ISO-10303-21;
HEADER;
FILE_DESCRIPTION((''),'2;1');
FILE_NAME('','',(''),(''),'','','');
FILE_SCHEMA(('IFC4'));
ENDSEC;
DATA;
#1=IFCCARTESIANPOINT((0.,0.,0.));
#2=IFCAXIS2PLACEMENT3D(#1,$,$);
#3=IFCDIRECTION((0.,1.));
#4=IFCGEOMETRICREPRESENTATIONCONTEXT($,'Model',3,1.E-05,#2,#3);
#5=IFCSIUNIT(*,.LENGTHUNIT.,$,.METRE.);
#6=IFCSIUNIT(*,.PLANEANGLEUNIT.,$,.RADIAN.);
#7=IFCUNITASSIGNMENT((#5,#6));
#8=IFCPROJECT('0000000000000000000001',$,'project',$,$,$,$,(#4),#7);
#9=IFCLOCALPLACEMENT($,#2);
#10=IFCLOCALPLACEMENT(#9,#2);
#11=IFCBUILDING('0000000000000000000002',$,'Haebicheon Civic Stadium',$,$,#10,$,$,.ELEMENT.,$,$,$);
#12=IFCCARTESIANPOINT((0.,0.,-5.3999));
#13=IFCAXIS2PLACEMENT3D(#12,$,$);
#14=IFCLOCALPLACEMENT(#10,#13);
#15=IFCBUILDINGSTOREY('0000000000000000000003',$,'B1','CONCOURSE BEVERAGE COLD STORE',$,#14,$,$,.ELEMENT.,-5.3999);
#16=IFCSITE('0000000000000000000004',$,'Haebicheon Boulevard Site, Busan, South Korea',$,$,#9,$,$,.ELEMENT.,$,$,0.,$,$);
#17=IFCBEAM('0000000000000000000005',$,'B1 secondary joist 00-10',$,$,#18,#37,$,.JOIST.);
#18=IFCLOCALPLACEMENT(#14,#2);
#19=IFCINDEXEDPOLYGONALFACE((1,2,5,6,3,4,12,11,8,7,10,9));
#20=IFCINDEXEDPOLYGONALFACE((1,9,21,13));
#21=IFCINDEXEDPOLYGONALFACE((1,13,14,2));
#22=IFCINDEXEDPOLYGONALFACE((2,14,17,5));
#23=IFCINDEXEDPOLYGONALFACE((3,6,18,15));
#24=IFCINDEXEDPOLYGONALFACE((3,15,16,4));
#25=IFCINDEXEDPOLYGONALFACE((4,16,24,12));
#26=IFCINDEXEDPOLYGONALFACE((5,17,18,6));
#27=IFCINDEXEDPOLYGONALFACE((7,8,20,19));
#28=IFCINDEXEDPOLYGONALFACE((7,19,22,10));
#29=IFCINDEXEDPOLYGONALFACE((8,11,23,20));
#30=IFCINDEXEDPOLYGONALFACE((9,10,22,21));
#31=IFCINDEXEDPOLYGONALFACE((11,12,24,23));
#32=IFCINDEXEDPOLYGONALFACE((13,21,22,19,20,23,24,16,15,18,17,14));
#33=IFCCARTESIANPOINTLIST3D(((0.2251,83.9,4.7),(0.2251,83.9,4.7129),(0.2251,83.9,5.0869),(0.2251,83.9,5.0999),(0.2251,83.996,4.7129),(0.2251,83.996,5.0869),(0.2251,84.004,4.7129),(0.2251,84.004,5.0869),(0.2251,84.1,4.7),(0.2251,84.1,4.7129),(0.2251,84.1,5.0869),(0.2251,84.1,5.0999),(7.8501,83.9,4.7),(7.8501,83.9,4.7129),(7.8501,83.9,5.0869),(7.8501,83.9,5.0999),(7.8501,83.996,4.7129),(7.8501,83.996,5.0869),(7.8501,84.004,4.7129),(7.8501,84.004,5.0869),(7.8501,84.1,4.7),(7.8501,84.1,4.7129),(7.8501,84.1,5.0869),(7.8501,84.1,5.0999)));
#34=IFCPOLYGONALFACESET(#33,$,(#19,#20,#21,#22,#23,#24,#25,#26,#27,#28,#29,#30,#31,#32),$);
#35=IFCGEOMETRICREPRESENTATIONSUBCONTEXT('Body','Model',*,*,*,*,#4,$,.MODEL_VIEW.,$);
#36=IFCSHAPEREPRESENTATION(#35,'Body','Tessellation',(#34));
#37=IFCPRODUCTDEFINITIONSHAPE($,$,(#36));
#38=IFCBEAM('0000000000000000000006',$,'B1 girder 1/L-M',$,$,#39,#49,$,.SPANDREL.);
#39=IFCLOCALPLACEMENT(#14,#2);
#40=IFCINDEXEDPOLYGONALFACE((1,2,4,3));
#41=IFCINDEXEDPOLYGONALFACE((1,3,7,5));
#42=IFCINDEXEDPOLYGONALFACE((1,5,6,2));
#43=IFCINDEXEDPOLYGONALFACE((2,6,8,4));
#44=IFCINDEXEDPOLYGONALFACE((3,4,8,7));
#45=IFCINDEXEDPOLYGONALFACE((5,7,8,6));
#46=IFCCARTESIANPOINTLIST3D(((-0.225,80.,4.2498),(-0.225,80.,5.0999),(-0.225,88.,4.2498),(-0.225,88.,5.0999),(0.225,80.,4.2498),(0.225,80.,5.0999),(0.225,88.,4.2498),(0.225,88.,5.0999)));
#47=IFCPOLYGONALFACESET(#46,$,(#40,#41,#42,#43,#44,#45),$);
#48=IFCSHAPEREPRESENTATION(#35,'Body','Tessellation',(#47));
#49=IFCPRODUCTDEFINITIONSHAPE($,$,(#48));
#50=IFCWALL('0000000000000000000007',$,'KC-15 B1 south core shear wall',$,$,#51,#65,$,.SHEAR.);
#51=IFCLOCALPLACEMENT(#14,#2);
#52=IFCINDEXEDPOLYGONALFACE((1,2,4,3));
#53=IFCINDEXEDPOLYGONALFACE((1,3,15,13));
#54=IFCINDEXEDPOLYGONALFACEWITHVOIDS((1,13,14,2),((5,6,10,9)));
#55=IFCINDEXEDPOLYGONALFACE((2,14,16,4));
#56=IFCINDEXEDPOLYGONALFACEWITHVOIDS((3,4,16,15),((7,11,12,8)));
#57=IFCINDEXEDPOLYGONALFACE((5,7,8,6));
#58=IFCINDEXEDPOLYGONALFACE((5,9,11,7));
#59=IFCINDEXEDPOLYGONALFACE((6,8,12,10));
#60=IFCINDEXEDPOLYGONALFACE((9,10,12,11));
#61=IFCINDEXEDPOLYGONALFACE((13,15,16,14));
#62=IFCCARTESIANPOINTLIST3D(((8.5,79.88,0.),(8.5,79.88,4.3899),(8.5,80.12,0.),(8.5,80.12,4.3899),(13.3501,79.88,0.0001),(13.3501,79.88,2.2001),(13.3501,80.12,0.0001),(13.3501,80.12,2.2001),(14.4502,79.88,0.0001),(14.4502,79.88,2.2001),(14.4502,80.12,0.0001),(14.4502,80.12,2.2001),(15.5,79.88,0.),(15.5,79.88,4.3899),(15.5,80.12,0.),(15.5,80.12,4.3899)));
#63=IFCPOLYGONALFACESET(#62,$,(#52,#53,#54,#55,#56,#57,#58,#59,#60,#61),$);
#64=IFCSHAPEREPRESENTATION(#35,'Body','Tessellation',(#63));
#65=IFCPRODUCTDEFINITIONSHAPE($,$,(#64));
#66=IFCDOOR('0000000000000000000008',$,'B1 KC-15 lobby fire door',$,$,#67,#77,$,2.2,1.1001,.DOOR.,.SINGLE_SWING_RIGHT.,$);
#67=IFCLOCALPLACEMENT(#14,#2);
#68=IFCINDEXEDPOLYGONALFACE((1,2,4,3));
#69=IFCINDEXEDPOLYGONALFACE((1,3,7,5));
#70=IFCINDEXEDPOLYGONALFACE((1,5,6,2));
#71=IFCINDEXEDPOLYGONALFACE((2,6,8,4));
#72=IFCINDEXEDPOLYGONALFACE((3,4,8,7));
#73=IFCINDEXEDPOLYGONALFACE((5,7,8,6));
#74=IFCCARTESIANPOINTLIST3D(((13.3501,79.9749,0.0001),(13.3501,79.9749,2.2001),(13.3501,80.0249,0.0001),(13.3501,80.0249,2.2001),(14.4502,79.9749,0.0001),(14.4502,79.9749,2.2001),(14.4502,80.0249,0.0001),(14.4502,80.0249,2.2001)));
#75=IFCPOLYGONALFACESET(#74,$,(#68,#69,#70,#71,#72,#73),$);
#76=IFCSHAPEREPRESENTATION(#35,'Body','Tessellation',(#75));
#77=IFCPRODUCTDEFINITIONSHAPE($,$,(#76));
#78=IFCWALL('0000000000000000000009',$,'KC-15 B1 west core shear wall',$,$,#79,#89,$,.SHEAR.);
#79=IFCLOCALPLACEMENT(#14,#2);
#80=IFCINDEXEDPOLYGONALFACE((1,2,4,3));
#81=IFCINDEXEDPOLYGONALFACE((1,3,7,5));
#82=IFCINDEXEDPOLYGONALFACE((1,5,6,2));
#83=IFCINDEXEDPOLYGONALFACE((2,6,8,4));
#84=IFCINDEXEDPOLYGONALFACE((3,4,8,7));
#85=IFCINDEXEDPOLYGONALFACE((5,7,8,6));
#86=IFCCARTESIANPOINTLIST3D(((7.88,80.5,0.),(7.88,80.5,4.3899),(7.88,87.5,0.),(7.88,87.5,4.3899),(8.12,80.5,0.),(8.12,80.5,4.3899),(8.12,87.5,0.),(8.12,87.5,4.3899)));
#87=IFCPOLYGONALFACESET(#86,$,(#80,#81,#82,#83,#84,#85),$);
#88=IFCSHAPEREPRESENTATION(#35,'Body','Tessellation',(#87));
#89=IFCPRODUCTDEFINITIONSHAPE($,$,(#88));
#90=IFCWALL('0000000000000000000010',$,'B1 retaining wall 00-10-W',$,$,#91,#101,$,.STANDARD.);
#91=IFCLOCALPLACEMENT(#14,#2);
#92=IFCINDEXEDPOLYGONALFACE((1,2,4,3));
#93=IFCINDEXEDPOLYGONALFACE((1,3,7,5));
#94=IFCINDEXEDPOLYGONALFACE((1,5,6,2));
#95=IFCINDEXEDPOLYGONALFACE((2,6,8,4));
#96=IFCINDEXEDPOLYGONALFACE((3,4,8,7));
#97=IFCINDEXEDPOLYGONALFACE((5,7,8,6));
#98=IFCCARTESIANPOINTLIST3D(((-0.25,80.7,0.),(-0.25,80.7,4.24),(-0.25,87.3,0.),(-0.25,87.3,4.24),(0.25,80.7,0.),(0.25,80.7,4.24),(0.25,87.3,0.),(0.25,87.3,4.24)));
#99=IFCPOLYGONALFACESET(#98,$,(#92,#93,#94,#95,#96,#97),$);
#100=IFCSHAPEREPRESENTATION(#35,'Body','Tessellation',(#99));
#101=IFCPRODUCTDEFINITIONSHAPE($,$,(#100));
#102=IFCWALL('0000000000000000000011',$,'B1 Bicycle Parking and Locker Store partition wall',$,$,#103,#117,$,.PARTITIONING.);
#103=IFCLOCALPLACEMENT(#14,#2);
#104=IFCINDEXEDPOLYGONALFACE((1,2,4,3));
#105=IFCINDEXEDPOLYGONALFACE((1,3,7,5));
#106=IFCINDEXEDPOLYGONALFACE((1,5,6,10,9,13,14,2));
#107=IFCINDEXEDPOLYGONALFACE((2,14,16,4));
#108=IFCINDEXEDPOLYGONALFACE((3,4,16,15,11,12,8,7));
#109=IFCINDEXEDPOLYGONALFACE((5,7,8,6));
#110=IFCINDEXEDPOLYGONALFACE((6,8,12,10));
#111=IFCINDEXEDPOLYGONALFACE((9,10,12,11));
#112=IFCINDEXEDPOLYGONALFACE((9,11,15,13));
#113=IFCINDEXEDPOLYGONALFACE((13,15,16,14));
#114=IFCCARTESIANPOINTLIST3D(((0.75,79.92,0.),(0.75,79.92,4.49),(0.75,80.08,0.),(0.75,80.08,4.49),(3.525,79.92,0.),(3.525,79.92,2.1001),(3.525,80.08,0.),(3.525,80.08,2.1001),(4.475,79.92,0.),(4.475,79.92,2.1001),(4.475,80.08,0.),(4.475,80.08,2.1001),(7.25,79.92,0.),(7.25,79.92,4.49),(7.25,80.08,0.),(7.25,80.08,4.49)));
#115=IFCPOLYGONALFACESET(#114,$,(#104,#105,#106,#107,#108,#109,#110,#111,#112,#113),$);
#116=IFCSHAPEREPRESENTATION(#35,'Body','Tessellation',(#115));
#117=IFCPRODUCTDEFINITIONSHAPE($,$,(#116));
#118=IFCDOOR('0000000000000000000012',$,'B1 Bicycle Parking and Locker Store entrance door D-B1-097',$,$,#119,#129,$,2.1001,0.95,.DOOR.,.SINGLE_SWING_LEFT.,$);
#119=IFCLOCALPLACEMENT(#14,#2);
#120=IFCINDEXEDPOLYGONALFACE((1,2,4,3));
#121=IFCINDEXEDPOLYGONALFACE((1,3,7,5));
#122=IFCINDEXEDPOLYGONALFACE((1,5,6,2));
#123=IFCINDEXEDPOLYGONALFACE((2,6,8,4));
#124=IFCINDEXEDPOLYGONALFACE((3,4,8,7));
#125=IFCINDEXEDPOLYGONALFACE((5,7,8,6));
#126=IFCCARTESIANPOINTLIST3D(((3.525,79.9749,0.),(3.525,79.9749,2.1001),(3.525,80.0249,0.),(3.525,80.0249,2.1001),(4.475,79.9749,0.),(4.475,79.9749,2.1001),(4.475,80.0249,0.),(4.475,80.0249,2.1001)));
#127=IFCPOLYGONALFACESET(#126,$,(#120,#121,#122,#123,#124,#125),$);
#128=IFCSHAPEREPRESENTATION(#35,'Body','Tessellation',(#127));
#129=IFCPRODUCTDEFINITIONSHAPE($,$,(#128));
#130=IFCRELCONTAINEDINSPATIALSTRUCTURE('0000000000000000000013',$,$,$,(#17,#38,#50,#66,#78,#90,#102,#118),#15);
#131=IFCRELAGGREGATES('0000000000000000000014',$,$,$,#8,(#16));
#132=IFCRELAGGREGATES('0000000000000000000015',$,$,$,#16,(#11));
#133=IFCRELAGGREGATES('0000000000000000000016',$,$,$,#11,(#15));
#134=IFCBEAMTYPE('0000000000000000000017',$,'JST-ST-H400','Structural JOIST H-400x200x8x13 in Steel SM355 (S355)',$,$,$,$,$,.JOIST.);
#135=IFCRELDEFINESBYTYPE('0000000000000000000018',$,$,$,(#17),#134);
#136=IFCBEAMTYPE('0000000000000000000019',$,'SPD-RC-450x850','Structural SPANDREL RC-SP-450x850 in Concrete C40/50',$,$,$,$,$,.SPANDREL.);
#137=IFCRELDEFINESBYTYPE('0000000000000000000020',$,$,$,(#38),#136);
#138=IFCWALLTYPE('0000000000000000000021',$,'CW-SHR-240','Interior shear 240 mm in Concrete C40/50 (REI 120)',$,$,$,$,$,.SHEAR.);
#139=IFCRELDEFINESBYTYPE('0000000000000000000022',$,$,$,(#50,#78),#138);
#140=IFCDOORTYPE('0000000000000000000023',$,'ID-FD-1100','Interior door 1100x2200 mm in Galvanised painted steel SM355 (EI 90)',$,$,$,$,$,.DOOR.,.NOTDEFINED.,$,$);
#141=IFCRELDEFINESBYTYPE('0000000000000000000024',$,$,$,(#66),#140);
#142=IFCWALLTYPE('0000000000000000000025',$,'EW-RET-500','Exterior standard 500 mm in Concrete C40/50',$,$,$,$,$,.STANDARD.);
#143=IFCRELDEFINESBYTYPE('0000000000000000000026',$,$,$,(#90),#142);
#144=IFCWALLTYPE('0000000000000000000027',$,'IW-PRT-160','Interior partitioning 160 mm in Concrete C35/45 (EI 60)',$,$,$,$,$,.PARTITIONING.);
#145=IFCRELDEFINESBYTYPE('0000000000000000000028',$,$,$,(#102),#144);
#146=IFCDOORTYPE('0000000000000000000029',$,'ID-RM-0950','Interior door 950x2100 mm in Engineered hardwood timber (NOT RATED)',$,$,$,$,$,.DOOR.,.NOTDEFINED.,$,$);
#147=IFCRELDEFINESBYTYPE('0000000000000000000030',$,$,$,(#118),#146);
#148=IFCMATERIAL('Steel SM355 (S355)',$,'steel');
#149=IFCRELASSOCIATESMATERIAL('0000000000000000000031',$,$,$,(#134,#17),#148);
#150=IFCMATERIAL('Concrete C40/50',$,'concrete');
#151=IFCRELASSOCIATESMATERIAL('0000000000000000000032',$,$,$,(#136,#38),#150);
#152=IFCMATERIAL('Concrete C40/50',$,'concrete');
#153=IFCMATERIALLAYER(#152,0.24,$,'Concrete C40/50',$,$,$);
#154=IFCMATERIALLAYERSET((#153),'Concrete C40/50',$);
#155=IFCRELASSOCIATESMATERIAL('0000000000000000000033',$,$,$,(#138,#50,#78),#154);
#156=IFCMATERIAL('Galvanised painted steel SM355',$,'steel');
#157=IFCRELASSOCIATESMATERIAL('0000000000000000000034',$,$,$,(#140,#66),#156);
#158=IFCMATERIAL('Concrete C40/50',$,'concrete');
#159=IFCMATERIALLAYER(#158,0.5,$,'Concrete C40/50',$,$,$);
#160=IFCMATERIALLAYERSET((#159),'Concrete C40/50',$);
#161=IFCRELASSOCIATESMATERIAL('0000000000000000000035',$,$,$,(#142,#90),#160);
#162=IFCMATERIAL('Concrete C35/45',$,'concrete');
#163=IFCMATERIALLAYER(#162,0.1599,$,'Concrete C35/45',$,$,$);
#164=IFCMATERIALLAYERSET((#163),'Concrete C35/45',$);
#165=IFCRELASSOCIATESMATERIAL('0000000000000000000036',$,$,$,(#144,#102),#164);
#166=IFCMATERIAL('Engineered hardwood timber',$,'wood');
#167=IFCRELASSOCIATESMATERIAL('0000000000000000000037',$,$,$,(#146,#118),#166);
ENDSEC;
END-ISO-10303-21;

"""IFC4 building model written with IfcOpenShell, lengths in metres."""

from ifc_helpers import new_model, si_unit, direction, frame, frame_2d, origin, origin_2d, place, context, subcontext, project, spatial, rectangle, i_section, extrude, material, layer, layer_set, material_profile, profile_set, type_object, element, fill, save


model = new_model("IFC4")

# Units and contexts
model_context = context("Model", 3, precision=1e-05, world=origin(), true_north=direction((0.0, 1.0)))
body_context = subcontext(model_context, "Body", "Model", "MODEL_VIEW")
ifc_project = project(units=[si_unit("LENGTHUNIT", "METRE"), si_unit("PLANEANGLEUNIT", "RADIAN")], contexts=[model_context])

# Site, building, storey
site_placement = place(None, origin())
site = spatial("IfcSite", under=ifc_project, at=site_placement, Name="Haebicheon Boulevard Site, Busan, South Korea", CompositionType="ELEMENT", RefElevation=0.0)
building_placement = place(site_placement, origin())
building = spatial("IfcBuilding", under=site, at=building_placement, Name="Haebicheon Civic Stadium", CompositionType="ELEMENT")
storey_placement = place(building_placement, frame((0.0, 0.0, -5.3999)))
storey = spatial("IfcBuildingStorey", under=building, at=storey_placement, Name="B1", Description="CONCOURSE BEVERAGE COLD STORE", CompositionType="ELEMENT", Elevation=-5.3999)

# Beams
ifc_material_1 = material(Name="Steel SM355 (S355)", Category="steel")
ifc_material_profile_1 = material_profile(ifc_material_1, i_section(OverallWidth=0.2, OverallDepth=0.3999, WebThickness=0.0081, FlangeThickness=0.0129, at=origin_2d()), Name="H-400x200x8x13")
ifc_profile_set_1 = profile_set([ifc_material_profile_1], Name="Steel SM355 (S355)")
beam_type_1 = type_object("IfcBeamType", Name="JST-ST-H400", Description="Structural JOIST H-400x200x8x13 in Steel SM355 (S355)", PredefinedType="JOIST", material=ifc_profile_set_1)
beam_1_placement = place(storey_placement, frame((0.2251, 84.0, 4.8999), z_axis=(1.0, 0.0, 0.0), x_axis=(0.0, 1.0, 0.0)))
element("IfcBeam", 1, at=beam_1_placement, inside=storey, type_object=beam_type_1, material=ifc_profile_set_1, Name="B1 secondary joist 00-10", PredefinedType="JOIST", context=body_context, shape_type="SweptSolid", body=[
    extrude(i_section(OverallWidth=0.2, OverallDepth=0.3999, WebThickness=0.0081, FlangeThickness=0.0129, at=origin_2d()), origin(), (0.0, 0.0, 1.0), 7.625),
])
ifc_material_2 = material(Name="Concrete C40/50", Category="concrete")
ifc_material_profile_2 = material_profile(ifc_material_2, rectangle(XDim=0.45, YDim=0.8501, at=origin_2d()), Name="RC-SP-450x850")
ifc_profile_set_2 = profile_set([ifc_material_profile_2], Name="Concrete C40/50")
beam_type_2 = type_object("IfcBeamType", Name="SPD-RC-450x850", Description="Structural SPANDREL RC-SP-450x850 in Concrete C40/50", PredefinedType="SPANDREL", material=ifc_profile_set_2)
beam_2_placement = place(storey_placement, frame((0.0, 80.0, 4.6748), z_axis=(0.0, 1.0, 0.0), x_axis=(-1.0, 0.0, 0.0)))
element("IfcBeam", 2, at=beam_2_placement, inside=storey, type_object=beam_type_2, material=ifc_profile_set_2, Name="B1 girder 1/L-M", PredefinedType="SPANDREL", context=body_context, shape_type="SweptSolid", body=[
    extrude(rectangle(XDim=0.45, YDim=0.8501, at=origin_2d()), origin(), (0.0, 0.0, 1.0), 8.0),
])

# Wall, opening, door
ifc_material_3 = material(Name="Concrete C40/50", Category="concrete")
ifc_layer_1 = layer(ifc_material_3, 0.24, Name="Concrete C40/50")
ifc_layer_set_1 = layer_set([ifc_layer_1], Name="Concrete C40/50")
wall_type_1 = type_object("IfcWallType", Name="CW-SHR-240", Description="Interior shear 240 mm in Concrete C40/50 (REI 120)", PredefinedType="SHEAR", material=ifc_layer_set_1)
wall_1_placement = place(storey_placement, frame((8.5, 80.0, 0.0), z_axis=(0.0, 0.0, 1.0), x_axis=(1.0, 0.0, 0.0)))
wall_1 = element("IfcWall", 3, at=wall_1_placement, inside=storey, type_object=wall_type_1, material=ifc_layer_set_1, Name="KC-15 B1 south core shear wall", PredefinedType="SHEAR", context=body_context, shape_type="SweptSolid", body=[
    extrude(rectangle(XDim=7.0, YDim=0.24, at=frame_2d((3.5, 0.0))), origin(), (0.0, 0.0, 1.0), 4.3899),
])
opening_1_placement = place(wall_1_placement, frame((4.8501, 0.0, 0.0)))
opening_1 = element("IfcOpeningElement", 4, at=opening_1_placement, cuts=wall_1, PredefinedType="OPENING", context=body_context, shape_type="SweptSolid", body=[
    extrude(rectangle(XDim=1.1001, YDim=2.2, at=frame_2d((0.55, 1.1001))), frame((0.0, 0.1299, 0.0), z_axis=(0.0, -1.0, 0.0), x_axis=(1.0, 0.0, 0.0)), (0.0, 0.0, 1.0), 0.26),
])
ifc_material_4 = material(Name="Galvanised painted steel SM355", Category="steel")
door_type_1 = type_object("IfcDoorType", Name="ID-FD-1100", Description="Interior door 1100x2200 mm in Galvanised painted steel SM355 (EI 90)", OperationType="NOTDEFINED", PredefinedType="DOOR", material=ifc_material_4)
door_1_placement = place(opening_1_placement, origin())
door_1 = element("IfcDoor", 5, at=door_1_placement, inside=storey, type_object=door_type_1, material=ifc_material_4, Name="B1 KC-15 lobby fire door", OperationType="SINGLE_SWING_RIGHT", OverallHeight=2.2, OverallWidth=1.1001, PredefinedType="DOOR", context=body_context, shape_type="SweptSolid", body=[
    extrude(rectangle(XDim=1.1001, YDim=2.2, at=frame_2d((0.55, 1.1001))), frame((0.0, 0.0249, 0.0), z_axis=(0.0, -1.0, 0.0), x_axis=(1.0, 0.0, 0.0)), (0.0, 0.0, 1.0), 0.05),
])
fill(opening_1, door_1)

# Walls
wall_2_placement = place(storey_placement, frame((8.0, 80.5, 0.0), z_axis=(0.0, 0.0, 1.0), x_axis=(0.0, 1.0, 0.0)))
element("IfcWall", 6, at=wall_2_placement, inside=storey, type_object=wall_type_1, material=ifc_layer_set_1, Name="KC-15 B1 west core shear wall", PredefinedType="SHEAR", context=body_context, shape_type="SweptSolid", body=[
    extrude(rectangle(XDim=7.0, YDim=0.24, at=frame_2d((3.5, 0.0))), origin(), (0.0, 0.0, 1.0), 4.3899),
])
ifc_material_5 = material(Name="Concrete C40/50", Category="concrete")
ifc_layer_2 = layer(ifc_material_5, 0.5, Name="Concrete C40/50")
ifc_layer_set_2 = layer_set([ifc_layer_2], Name="Concrete C40/50")
wall_type_2 = type_object("IfcWallType", Name="EW-RET-500", Description="Exterior standard 500 mm in Concrete C40/50", PredefinedType="STANDARD", material=ifc_layer_set_2)
wall_3_placement = place(storey_placement, frame((0.0, 80.7, 0.0), z_axis=(0.0, 0.0, 1.0), x_axis=(0.0, 1.0, 0.0)))
element("IfcWall", 7, at=wall_3_placement, inside=storey, type_object=wall_type_2, material=ifc_layer_set_2, Name="B1 retaining wall 00-10-W", PredefinedType="STANDARD", context=body_context, shape_type="SweptSolid", body=[
    extrude(rectangle(XDim=6.6001, YDim=0.5, at=frame_2d((3.3, 0.0))), origin(), (0.0, 0.0, 1.0), 4.24),
])

# Wall, opening, door
ifc_material_6 = material(Name="Concrete C35/45", Category="concrete")
ifc_layer_3 = layer(ifc_material_6, 0.1599, Name="Concrete C35/45")
ifc_layer_set_3 = layer_set([ifc_layer_3], Name="Concrete C35/45")
wall_type_3 = type_object("IfcWallType", Name="IW-PRT-160", Description="Interior partitioning 160 mm in Concrete C35/45 (EI 60)", PredefinedType="PARTITIONING", material=ifc_layer_set_3)
wall_4_placement = place(storey_placement, frame((0.75, 80.0, 0.0), z_axis=(0.0, 0.0, 1.0), x_axis=(1.0, 0.0, 0.0)))
wall_4 = element("IfcWall", 8, at=wall_4_placement, inside=storey, type_object=wall_type_3, material=ifc_layer_set_3, Name="B1 Bicycle Parking and Locker Store partition wall", PredefinedType="PARTITIONING", context=body_context, shape_type="SweptSolid", body=[
    extrude(rectangle(XDim=6.5, YDim=0.1599, at=frame_2d((3.25, 0.0))), origin(), (0.0, 0.0, 1.0), 4.49),
])
opening_2_placement = place(wall_4_placement, frame((2.7749, 0.0, 0.0)))
opening_2 = element("IfcOpeningElement", 9, at=opening_2_placement, cuts=wall_4, PredefinedType="OPENING", context=body_context, shape_type="SweptSolid", body=[
    extrude(rectangle(XDim=0.95, YDim=2.1001, at=frame_2d((0.4751, 1.05))), frame((0.0, 0.0898, 0.0), z_axis=(0.0, -1.0, 0.0), x_axis=(1.0, 0.0, 0.0)), (0.0, 0.0, 1.0), 0.1799),
])
ifc_material_7 = material(Name="Engineered hardwood timber", Category="wood")
door_type_2 = type_object("IfcDoorType", Name="ID-RM-0950", Description="Interior door 950x2100 mm in Engineered hardwood timber (NOT RATED)", OperationType="NOTDEFINED", PredefinedType="DOOR", material=ifc_material_7)
door_2_placement = place(opening_2_placement, origin())
door_2 = element("IfcDoor", 10, at=door_2_placement, inside=storey, type_object=door_type_2, material=ifc_material_7, Name="B1 Bicycle Parking and Locker Store entrance door D-B1-097", OperationType="SINGLE_SWING_LEFT", OverallHeight=2.1001, OverallWidth=0.95, PredefinedType="DOOR", context=body_context, shape_type="SweptSolid", body=[
    extrude(rectangle(XDim=0.95, YDim=2.1001, at=frame_2d((0.4751, 1.05))), frame((0.0, 0.0249, 0.0), z_axis=(0.0, -1.0, 0.0), x_axis=(1.0, 0.0, 0.0)), (0.0, 0.0, 1.0), 0.05),
])
fill(opening_2, door_2)

save(model, "model.ifc")
